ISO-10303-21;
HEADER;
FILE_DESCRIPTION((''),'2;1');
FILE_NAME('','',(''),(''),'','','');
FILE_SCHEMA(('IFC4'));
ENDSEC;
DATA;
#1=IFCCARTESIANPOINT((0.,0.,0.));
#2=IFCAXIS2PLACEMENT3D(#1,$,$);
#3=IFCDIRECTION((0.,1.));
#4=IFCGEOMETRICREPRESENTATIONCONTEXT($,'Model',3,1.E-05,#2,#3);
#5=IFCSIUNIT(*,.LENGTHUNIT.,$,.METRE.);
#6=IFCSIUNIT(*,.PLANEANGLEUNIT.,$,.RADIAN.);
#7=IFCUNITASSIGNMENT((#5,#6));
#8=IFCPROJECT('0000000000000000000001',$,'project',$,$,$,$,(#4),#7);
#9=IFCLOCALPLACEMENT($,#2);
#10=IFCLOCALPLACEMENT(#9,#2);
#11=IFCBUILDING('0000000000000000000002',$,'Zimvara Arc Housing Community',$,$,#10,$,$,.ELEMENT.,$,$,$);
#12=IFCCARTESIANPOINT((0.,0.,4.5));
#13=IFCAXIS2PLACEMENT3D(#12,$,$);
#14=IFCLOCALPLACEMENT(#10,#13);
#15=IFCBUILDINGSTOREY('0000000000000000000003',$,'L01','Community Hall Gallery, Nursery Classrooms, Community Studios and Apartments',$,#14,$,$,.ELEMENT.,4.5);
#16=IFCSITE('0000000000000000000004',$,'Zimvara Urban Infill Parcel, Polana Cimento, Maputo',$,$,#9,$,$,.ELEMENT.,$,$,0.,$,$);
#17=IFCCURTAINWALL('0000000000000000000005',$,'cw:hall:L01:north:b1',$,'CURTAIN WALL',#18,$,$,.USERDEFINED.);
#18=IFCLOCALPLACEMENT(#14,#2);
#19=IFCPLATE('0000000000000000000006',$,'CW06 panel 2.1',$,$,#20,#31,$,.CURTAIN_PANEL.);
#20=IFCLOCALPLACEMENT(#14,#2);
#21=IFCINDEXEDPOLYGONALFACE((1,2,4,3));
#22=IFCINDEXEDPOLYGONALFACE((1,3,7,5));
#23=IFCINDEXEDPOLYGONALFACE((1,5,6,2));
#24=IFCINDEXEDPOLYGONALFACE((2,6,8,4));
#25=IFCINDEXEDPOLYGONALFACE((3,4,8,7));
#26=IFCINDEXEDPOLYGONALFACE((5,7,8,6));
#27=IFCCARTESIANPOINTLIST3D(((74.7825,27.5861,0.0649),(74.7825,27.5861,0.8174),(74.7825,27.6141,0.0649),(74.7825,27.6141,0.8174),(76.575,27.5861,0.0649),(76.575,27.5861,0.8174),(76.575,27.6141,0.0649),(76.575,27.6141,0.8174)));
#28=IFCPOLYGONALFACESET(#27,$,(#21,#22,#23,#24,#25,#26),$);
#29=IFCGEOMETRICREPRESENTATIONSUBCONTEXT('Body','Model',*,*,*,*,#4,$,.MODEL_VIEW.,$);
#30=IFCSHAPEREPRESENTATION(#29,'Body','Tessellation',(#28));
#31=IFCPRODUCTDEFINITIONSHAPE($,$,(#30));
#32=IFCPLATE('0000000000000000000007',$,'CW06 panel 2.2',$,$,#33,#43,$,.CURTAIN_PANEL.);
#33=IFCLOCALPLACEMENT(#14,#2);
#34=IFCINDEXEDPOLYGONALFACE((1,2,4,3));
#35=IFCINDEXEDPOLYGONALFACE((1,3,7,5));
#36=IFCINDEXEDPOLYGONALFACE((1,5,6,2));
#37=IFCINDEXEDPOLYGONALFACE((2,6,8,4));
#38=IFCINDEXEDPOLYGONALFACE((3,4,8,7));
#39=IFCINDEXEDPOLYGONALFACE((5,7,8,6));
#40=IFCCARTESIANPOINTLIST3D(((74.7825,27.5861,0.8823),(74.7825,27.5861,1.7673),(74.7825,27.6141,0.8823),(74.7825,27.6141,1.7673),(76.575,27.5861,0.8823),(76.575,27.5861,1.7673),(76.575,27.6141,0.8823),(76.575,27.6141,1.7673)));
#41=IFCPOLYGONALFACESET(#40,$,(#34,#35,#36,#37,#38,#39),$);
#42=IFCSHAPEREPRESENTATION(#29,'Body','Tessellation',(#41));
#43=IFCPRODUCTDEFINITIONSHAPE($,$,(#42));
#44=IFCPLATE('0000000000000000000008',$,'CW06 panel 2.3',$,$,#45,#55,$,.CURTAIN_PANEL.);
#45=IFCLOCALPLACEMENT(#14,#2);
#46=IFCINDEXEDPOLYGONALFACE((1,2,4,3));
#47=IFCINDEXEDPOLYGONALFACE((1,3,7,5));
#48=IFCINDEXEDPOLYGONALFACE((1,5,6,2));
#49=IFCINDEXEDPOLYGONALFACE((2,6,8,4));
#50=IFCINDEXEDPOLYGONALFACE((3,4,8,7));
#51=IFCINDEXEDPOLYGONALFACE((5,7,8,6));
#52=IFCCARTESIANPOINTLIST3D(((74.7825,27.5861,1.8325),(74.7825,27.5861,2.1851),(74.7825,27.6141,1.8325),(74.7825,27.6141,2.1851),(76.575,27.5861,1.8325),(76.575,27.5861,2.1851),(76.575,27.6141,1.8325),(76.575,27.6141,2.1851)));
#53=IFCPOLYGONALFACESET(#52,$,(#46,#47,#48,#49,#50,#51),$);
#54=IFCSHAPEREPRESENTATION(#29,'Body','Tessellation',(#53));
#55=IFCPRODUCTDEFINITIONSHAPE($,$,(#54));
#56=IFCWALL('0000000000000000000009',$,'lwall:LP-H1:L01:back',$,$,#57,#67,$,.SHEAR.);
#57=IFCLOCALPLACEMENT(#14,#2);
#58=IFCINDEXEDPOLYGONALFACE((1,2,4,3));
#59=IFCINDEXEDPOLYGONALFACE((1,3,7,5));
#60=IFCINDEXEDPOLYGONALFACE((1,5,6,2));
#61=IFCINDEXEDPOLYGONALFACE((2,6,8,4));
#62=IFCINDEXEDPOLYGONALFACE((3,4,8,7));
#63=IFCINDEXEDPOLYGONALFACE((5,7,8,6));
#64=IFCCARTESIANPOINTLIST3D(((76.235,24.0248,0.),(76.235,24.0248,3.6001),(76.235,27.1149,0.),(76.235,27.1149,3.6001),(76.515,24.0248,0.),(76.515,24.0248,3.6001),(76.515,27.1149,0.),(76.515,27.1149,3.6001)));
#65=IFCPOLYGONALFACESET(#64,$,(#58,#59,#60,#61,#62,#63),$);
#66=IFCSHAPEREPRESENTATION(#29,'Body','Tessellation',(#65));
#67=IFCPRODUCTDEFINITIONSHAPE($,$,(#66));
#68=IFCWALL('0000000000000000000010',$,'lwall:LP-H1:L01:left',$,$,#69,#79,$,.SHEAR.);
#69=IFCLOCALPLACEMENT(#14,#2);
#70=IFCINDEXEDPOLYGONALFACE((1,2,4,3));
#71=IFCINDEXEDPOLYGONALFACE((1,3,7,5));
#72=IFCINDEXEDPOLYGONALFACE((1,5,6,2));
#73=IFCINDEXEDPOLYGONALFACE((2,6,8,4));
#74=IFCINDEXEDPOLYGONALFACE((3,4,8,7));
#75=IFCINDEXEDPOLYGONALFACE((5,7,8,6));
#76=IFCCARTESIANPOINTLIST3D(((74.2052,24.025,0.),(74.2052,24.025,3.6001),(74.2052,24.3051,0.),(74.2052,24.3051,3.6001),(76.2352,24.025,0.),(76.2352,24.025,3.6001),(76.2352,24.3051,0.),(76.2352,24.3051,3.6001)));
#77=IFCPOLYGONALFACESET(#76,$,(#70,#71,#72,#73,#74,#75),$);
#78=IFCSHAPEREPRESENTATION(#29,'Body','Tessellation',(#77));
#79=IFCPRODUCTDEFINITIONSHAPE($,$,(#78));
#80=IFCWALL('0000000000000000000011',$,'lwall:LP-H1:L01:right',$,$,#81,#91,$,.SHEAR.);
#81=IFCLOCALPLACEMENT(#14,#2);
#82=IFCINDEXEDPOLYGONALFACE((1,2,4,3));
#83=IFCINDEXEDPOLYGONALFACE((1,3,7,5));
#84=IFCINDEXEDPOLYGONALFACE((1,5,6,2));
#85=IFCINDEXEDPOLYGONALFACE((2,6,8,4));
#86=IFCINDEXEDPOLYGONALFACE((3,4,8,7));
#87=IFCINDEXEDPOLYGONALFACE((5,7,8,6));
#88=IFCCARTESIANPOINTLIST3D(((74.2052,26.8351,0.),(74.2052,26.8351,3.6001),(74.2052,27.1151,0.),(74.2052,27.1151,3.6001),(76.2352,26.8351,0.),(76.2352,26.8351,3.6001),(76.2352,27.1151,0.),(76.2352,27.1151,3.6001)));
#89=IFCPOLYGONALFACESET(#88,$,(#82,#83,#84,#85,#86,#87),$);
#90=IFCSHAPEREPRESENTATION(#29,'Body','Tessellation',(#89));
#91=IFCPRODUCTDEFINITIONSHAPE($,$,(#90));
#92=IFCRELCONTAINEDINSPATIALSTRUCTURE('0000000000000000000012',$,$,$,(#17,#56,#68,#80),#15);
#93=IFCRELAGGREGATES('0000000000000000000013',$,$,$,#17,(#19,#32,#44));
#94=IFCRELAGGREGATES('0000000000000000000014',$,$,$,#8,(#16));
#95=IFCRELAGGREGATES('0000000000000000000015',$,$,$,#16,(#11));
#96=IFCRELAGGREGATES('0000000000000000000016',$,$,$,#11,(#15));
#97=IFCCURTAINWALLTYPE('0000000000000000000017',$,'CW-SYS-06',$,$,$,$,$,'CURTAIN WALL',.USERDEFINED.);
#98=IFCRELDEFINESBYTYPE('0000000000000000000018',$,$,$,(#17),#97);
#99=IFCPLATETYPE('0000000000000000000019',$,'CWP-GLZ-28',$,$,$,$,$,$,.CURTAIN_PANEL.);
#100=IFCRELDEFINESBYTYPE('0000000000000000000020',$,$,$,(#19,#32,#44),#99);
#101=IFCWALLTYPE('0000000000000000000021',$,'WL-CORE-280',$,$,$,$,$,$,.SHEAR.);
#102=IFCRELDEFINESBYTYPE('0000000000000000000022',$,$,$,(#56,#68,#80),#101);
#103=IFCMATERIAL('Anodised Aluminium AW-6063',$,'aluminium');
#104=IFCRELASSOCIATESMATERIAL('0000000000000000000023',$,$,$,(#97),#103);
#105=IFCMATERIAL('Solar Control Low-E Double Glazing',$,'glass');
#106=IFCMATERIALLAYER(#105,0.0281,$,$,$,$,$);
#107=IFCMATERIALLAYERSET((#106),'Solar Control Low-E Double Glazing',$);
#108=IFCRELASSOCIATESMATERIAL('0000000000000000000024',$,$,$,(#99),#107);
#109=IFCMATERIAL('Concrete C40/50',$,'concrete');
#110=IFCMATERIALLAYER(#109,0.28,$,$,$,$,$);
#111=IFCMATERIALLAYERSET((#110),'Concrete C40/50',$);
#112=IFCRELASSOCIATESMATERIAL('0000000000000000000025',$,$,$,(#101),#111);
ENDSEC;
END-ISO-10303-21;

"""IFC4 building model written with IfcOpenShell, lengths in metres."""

from ifc_helpers import new_model, si_unit, direction, frame, frame_2d, origin, origin_2d, place, context, subcontext, project, spatial, rectangle, extrude, material, layer, layer_set, type_object, element, aggregate, save


model = new_model("IFC4")

# Units and contexts
model_context = context("Model", 3, precision=1e-05, world=origin(), true_north=direction((0.0, 1.0)))
body_context = subcontext(model_context, "Body", "Model", "MODEL_VIEW")
ifc_project = project(units=[si_unit("LENGTHUNIT", "METRE"), si_unit("PLANEANGLEUNIT", "RADIAN")], contexts=[model_context])

# Site, building, storey
site_placement = place(None, origin())
site = spatial("IfcSite", under=ifc_project, at=site_placement, Name="Zimvara Urban Infill Parcel, Polana Cimento, Maputo", CompositionType="ELEMENT", RefElevation=0.0)
building_placement = place(site_placement, origin())
building = spatial("IfcBuilding", under=site, at=building_placement, Name="Zimvara Arc Housing Community", CompositionType="ELEMENT")
storey_placement = place(building_placement, frame((0.0, 0.0, 4.5)))
storey = spatial("IfcBuildingStorey", under=building, at=storey_placement, Name="L01", Description="Community Hall Gallery, Nursery Classrooms, Community Studios and Apartments", CompositionType="ELEMENT", Elevation=4.5)

# Curtain wall, plates
ifc_material_1 = material(Name="Anodised Aluminium AW-6063", Category="aluminium")
curtain_wall_type = type_object("IfcCurtainWallType", Name="CW-SYS-06", ElementType="CURTAIN WALL", PredefinedType="USERDEFINED", material=ifc_material_1)
curtain_wall_placement = place(storey_placement, origin())
curtain_wall = element("IfcCurtainWall", 1, at=curtain_wall_placement, inside=storey, type_object=curtain_wall_type, Name="cw:hall:L01:north:b1", ObjectType="CURTAIN WALL", PredefinedType="USERDEFINED")
ifc_material_2 = material(Name="Solar Control Low-E Double Glazing", Category="glass")
ifc_layer_1 = layer(ifc_material_2, 0.0281)
ifc_layer_set_1 = layer_set([ifc_layer_1], Name="Solar Control Low-E Double Glazing")
plate_type = type_object("IfcPlateType", Name="CWP-GLZ-28", PredefinedType="CURTAIN_PANEL", material=ifc_layer_set_1)
plate_1_placement = place(storey_placement, frame((75.6787, 27.6001, 0.0649), z_axis=(0.0, 0.0, 1.0), x_axis=(1.0, 0.0, 0.0)))
plate_1 = element("IfcPlate", 2, at=plate_1_placement, type_object=plate_type, Name="CW06 panel 2.1", PredefinedType="CURTAIN_PANEL", context=body_context, shape_type="SweptSolid", body=[
    extrude(rectangle(XDim=1.7925, YDim=0.0281, at=origin_2d()), origin(), (0.0, 0.0, 1.0), 0.7524),
])
plate_2_placement = place(storey_placement, frame((75.6787, 27.6001, 0.8823), z_axis=(0.0, 0.0, 1.0), x_axis=(1.0, 0.0, 0.0)))
plate_2 = element("IfcPlate", 3, at=plate_2_placement, type_object=plate_type, Name="CW06 panel 2.2", PredefinedType="CURTAIN_PANEL", context=body_context, shape_type="SweptSolid", body=[
    extrude(rectangle(XDim=1.7925, YDim=0.0281, at=origin_2d()), origin(), (0.0, 0.0, 1.0), 0.885),
])
plate_3_placement = place(storey_placement, frame((75.6787, 27.6001, 1.8325), z_axis=(0.0, 0.0, 1.0), x_axis=(1.0, 0.0, 0.0)))
plate_3 = element("IfcPlate", 4, at=plate_3_placement, type_object=plate_type, Name="CW06 panel 2.3", PredefinedType="CURTAIN_PANEL", context=body_context, shape_type="SweptSolid", body=[
    extrude(rectangle(XDim=1.7925, YDim=0.0281, at=origin_2d()), origin(), (0.0, 0.0, 1.0), 0.3525),
])
aggregate(curtain_wall, [plate_1, plate_2, plate_3])

# Shared definitions
ifc_material_3 = material(Name="Concrete C40/50", Category="concrete")
ifc_layer_2 = layer(ifc_material_3, 0.28)
ifc_layer_set_2 = layer_set([ifc_layer_2], Name="Concrete C40/50")
wall_type = type_object("IfcWallType", Name="WL-CORE-280", PredefinedType="SHEAR", material=ifc_layer_set_2)

# Walls
wall_1_placement = place(storey_placement, frame((76.375, 24.0249, 0.0), z_axis=(0.0, 0.0, 1.0), x_axis=(0.0, 1.0, 0.0)))
element("IfcWall", 5, at=wall_1_placement, inside=storey, type_object=wall_type, Name="lwall:LP-H1:L01:back", PredefinedType="SHEAR", context=body_context, shape_type="SweptSolid", body=[
    extrude(rectangle(XDim=3.0901, YDim=0.28, at=frame_2d((1.5449, 0.0))), origin(), (0.0, 0.0, 1.0), 3.6001),
])
for number, where, z_axis, x_axis, name in (
    (6, (74.2051, 24.165, 0.0), (0.0, 0.0, 1.0), (1.0, 0.0, 0.0), "lwall:LP-H1:L01:left"),
    (7, (74.2051, 26.9751, 0.0), (0.0, 0.0, 1.0), (1.0, 0.0, 0.0), "lwall:LP-H1:L01:right"),
):
    element("IfcWall", number, at=place(storey_placement, frame(where, z_axis=z_axis, x_axis=x_axis)), inside=storey, type_object=wall_type, Name=name, PredefinedType="SHEAR", context=body_context, shape_type="SweptSolid", body=[
        extrude(rectangle(XDim=2.03, YDim=0.28, at=frame_2d((1.0151, 0.0))), origin(), (0.0, 0.0, 1.0), 3.6001),
    ])

save(model, "model.ifc")
